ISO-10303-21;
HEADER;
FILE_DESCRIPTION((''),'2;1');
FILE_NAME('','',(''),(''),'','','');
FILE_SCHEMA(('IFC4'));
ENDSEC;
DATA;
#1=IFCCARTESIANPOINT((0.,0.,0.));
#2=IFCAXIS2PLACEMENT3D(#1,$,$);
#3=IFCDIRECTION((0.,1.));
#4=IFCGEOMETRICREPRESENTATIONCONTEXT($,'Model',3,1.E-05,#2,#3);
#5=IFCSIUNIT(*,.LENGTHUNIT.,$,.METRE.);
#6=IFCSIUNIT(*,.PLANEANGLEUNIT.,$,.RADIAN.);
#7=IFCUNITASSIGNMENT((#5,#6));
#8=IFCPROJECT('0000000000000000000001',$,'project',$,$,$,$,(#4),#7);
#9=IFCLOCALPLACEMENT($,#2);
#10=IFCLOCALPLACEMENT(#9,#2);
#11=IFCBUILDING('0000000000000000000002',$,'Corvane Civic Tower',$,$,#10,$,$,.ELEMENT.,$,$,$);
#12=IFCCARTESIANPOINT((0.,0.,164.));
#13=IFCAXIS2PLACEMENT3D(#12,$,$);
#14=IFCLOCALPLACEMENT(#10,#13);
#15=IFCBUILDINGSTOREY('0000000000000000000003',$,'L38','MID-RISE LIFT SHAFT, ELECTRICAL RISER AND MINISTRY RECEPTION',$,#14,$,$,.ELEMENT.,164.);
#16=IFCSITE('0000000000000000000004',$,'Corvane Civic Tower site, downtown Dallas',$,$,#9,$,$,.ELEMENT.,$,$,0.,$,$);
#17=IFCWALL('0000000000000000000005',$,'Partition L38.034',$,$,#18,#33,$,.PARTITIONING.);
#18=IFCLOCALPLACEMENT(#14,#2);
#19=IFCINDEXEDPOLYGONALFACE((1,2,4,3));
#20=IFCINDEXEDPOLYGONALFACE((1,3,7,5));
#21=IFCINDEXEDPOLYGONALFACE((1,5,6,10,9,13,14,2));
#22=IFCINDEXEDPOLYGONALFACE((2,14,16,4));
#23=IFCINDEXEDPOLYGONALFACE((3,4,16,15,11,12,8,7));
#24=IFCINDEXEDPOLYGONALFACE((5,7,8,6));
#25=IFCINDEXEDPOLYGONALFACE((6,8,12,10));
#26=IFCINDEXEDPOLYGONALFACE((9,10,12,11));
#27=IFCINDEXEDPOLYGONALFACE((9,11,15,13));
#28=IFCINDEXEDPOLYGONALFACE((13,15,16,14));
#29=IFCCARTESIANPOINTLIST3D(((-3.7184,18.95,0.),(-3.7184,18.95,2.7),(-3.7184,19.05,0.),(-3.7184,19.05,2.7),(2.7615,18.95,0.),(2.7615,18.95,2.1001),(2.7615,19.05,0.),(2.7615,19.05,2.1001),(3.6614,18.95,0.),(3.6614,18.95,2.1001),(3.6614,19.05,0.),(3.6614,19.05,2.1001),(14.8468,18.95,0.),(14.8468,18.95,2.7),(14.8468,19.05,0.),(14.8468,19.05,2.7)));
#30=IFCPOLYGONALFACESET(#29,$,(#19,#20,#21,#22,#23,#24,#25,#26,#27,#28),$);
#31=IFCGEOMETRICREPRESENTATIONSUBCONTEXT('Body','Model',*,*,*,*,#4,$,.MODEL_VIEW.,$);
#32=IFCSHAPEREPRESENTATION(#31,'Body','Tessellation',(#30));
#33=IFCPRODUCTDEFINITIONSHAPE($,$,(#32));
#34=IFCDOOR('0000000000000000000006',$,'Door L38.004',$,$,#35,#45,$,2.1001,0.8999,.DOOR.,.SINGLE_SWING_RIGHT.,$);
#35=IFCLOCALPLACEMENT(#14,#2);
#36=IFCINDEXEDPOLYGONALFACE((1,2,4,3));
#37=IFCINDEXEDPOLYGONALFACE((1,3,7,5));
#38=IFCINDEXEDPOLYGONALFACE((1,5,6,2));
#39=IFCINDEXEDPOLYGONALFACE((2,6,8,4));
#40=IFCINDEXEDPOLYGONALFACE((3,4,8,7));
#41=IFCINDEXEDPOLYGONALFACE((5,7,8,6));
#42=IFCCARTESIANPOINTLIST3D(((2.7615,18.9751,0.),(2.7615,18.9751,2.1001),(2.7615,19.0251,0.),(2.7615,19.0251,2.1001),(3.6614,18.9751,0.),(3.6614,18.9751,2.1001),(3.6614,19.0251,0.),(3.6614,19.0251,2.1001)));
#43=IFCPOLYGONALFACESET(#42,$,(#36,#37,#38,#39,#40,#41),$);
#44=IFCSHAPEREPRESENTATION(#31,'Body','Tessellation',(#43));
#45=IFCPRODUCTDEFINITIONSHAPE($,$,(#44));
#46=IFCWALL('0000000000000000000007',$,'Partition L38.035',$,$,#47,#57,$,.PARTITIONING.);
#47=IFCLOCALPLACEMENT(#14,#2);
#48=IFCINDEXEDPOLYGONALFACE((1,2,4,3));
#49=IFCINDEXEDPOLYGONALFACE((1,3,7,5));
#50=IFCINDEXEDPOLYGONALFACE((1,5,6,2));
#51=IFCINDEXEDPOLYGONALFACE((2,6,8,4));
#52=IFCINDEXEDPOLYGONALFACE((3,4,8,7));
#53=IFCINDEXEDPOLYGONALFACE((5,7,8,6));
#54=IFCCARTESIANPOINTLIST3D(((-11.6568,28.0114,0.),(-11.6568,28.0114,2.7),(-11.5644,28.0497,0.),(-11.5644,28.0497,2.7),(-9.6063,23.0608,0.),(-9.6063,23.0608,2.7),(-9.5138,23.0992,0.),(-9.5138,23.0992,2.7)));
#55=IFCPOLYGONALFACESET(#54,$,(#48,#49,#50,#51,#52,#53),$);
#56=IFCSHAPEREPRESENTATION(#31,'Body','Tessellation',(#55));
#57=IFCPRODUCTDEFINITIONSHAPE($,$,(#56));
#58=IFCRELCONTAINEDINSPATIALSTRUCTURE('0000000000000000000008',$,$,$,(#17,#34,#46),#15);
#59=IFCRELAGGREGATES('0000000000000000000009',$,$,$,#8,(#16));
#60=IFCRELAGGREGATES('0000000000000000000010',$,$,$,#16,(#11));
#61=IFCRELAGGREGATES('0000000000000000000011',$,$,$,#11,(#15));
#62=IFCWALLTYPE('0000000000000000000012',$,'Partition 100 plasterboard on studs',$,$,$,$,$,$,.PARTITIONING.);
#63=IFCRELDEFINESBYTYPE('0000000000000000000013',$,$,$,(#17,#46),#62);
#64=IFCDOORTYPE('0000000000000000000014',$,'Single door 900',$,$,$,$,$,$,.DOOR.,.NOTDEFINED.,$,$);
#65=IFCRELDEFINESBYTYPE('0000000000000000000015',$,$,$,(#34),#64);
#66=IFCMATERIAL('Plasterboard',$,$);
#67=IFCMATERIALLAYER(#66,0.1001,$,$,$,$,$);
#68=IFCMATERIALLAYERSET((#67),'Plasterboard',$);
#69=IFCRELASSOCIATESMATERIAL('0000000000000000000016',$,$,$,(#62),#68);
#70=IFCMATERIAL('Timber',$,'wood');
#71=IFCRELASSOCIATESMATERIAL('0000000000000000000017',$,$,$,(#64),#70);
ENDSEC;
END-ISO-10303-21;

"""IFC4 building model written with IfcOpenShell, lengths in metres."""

from ifc_helpers import new_model, si_unit, direction, frame, frame_2d, origin, place, context, subcontext, project, spatial, rectangle, extrude, material, layer, layer_set, type_object, element, fill, save


model = new_model("IFC4")

# Units and contexts
model_context = context("Model", 3, precision=1e-05, world=origin(), true_north=direction((0.0, 1.0)))
body_context = subcontext(model_context, "Body", "Model", "MODEL_VIEW")
ifc_project = project(units=[si_unit("LENGTHUNIT", "METRE"), si_unit("PLANEANGLEUNIT", "RADIAN")], contexts=[model_context])

# Site, building, storey
site_placement = place(None, origin())
site = spatial("IfcSite", under=ifc_project, at=site_placement, Name="Corvane Civic Tower site, downtown Dallas", CompositionType="ELEMENT", RefElevation=0.0)
building_placement = place(site_placement, origin())
building = spatial("IfcBuilding", under=site, at=building_placement, Name="Corvane Civic Tower", CompositionType="ELEMENT")
storey_placement = place(building_placement, frame((0.0, 0.0, 164.0)))
storey = spatial("IfcBuildingStorey", under=building, at=storey_placement, Name="L38", Description="MID-RISE LIFT SHAFT, ELECTRICAL RISER AND MINISTRY RECEPTION", CompositionType="ELEMENT", Elevation=164.0)

# Shared definitions
ifc_material_1 = material(Name="Plasterboard")
ifc_layer_1 = layer(ifc_material_1, 0.1001)
ifc_layer_set_1 = layer_set([ifc_layer_1], Name="Plasterboard")
wall_type_1 = type_object("IfcWallType", Name="Partition 100 plasterboard on studs", PredefinedType="PARTITIONING", material=ifc_layer_set_1)

# Wall, opening, door
wall_1_placement = place(storey_placement, frame((-3.7185, 19.0, 0.0), z_axis=(0.0, 0.0, 1.0), x_axis=(1.0, 0.0, 0.0)))
wall_1 = element("IfcWall", 1, at=wall_1_placement, inside=storey, type_object=wall_type_1, Name="Partition L38.034", PredefinedType="PARTITIONING", context=body_context, shape_type="SweptSolid", body=[
    extrude(rectangle(XDim=18.5652, YDim=0.1001, at=frame_2d((9.2827, 0.0))), origin(), (0.0, 0.0, 1.0), 2.7),
])
opening_1_placement = place(wall_1_placement, frame((6.48, 0.0, 0.0)))
opening_1 = element("IfcOpeningElement", 2, at=opening_1_placement, cuts=wall_1, PredefinedType="OPENING", context=body_context, shape_type="SweptSolid", body=[
    extrude(rectangle(XDim=0.8999, YDim=2.1001, at=frame_2d((0.45, 1.05))), frame((0.0, 0.0601, 0.0), z_axis=(0.0, -1.0, 0.0), x_axis=(1.0, 0.0, 0.0)), (0.0, 0.0, 1.0), 0.1201),
])
ifc_material_2 = material(Name="Timber", Category="wood")
door_type_1 = type_object("IfcDoorType", Name="Single door 900", OperationType="NOTDEFINED", PredefinedType="DOOR", material=ifc_material_2)
door_1_placement = place(opening_1_placement, frame((0.8999, 0.0, 0.0), z_axis=(0.0, 0.0, 1.0), x_axis=(-1.0, 0.0, 0.0)))
door_1 = element("IfcDoor", 3, at=door_1_placement, inside=storey, type_object=door_type_1, Name="Door L38.004", OperationType="SINGLE_SWING_RIGHT", OverallHeight=2.1001, OverallWidth=0.8999, PredefinedType="DOOR", context=body_context, shape_type="SweptSolid", body=[
    extrude(rectangle(XDim=0.8999, YDim=2.1001, at=frame_2d((0.45, 1.05))), frame((0.0, 0.0249, 0.0), z_axis=(0.0, -1.0, 0.0), x_axis=(1.0, 0.0, 0.0)), (0.0, 0.0, 1.0), 0.05),
])
fill(opening_1, door_1)

# Wall
wall_2_placement = place(storey_placement, frame((-11.6106, 28.0305, 0.0), z_axis=(0.0, 0.0, 1.0), x_axis=(0.382683, -0.92388, 0.0)))
element("IfcWall", 4, at=wall_2_placement, inside=storey, type_object=wall_type_1, Name="Partition L38.035", PredefinedType="PARTITIONING", context=body_context, shape_type="SweptSolid", body=[
    extrude(rectangle(XDim=5.3584, YDim=0.1001, at=frame_2d((2.6792, 0.0))), origin(), (0.0, 0.0, 1.0), 2.7),
])

save(model, "model.ifc")
